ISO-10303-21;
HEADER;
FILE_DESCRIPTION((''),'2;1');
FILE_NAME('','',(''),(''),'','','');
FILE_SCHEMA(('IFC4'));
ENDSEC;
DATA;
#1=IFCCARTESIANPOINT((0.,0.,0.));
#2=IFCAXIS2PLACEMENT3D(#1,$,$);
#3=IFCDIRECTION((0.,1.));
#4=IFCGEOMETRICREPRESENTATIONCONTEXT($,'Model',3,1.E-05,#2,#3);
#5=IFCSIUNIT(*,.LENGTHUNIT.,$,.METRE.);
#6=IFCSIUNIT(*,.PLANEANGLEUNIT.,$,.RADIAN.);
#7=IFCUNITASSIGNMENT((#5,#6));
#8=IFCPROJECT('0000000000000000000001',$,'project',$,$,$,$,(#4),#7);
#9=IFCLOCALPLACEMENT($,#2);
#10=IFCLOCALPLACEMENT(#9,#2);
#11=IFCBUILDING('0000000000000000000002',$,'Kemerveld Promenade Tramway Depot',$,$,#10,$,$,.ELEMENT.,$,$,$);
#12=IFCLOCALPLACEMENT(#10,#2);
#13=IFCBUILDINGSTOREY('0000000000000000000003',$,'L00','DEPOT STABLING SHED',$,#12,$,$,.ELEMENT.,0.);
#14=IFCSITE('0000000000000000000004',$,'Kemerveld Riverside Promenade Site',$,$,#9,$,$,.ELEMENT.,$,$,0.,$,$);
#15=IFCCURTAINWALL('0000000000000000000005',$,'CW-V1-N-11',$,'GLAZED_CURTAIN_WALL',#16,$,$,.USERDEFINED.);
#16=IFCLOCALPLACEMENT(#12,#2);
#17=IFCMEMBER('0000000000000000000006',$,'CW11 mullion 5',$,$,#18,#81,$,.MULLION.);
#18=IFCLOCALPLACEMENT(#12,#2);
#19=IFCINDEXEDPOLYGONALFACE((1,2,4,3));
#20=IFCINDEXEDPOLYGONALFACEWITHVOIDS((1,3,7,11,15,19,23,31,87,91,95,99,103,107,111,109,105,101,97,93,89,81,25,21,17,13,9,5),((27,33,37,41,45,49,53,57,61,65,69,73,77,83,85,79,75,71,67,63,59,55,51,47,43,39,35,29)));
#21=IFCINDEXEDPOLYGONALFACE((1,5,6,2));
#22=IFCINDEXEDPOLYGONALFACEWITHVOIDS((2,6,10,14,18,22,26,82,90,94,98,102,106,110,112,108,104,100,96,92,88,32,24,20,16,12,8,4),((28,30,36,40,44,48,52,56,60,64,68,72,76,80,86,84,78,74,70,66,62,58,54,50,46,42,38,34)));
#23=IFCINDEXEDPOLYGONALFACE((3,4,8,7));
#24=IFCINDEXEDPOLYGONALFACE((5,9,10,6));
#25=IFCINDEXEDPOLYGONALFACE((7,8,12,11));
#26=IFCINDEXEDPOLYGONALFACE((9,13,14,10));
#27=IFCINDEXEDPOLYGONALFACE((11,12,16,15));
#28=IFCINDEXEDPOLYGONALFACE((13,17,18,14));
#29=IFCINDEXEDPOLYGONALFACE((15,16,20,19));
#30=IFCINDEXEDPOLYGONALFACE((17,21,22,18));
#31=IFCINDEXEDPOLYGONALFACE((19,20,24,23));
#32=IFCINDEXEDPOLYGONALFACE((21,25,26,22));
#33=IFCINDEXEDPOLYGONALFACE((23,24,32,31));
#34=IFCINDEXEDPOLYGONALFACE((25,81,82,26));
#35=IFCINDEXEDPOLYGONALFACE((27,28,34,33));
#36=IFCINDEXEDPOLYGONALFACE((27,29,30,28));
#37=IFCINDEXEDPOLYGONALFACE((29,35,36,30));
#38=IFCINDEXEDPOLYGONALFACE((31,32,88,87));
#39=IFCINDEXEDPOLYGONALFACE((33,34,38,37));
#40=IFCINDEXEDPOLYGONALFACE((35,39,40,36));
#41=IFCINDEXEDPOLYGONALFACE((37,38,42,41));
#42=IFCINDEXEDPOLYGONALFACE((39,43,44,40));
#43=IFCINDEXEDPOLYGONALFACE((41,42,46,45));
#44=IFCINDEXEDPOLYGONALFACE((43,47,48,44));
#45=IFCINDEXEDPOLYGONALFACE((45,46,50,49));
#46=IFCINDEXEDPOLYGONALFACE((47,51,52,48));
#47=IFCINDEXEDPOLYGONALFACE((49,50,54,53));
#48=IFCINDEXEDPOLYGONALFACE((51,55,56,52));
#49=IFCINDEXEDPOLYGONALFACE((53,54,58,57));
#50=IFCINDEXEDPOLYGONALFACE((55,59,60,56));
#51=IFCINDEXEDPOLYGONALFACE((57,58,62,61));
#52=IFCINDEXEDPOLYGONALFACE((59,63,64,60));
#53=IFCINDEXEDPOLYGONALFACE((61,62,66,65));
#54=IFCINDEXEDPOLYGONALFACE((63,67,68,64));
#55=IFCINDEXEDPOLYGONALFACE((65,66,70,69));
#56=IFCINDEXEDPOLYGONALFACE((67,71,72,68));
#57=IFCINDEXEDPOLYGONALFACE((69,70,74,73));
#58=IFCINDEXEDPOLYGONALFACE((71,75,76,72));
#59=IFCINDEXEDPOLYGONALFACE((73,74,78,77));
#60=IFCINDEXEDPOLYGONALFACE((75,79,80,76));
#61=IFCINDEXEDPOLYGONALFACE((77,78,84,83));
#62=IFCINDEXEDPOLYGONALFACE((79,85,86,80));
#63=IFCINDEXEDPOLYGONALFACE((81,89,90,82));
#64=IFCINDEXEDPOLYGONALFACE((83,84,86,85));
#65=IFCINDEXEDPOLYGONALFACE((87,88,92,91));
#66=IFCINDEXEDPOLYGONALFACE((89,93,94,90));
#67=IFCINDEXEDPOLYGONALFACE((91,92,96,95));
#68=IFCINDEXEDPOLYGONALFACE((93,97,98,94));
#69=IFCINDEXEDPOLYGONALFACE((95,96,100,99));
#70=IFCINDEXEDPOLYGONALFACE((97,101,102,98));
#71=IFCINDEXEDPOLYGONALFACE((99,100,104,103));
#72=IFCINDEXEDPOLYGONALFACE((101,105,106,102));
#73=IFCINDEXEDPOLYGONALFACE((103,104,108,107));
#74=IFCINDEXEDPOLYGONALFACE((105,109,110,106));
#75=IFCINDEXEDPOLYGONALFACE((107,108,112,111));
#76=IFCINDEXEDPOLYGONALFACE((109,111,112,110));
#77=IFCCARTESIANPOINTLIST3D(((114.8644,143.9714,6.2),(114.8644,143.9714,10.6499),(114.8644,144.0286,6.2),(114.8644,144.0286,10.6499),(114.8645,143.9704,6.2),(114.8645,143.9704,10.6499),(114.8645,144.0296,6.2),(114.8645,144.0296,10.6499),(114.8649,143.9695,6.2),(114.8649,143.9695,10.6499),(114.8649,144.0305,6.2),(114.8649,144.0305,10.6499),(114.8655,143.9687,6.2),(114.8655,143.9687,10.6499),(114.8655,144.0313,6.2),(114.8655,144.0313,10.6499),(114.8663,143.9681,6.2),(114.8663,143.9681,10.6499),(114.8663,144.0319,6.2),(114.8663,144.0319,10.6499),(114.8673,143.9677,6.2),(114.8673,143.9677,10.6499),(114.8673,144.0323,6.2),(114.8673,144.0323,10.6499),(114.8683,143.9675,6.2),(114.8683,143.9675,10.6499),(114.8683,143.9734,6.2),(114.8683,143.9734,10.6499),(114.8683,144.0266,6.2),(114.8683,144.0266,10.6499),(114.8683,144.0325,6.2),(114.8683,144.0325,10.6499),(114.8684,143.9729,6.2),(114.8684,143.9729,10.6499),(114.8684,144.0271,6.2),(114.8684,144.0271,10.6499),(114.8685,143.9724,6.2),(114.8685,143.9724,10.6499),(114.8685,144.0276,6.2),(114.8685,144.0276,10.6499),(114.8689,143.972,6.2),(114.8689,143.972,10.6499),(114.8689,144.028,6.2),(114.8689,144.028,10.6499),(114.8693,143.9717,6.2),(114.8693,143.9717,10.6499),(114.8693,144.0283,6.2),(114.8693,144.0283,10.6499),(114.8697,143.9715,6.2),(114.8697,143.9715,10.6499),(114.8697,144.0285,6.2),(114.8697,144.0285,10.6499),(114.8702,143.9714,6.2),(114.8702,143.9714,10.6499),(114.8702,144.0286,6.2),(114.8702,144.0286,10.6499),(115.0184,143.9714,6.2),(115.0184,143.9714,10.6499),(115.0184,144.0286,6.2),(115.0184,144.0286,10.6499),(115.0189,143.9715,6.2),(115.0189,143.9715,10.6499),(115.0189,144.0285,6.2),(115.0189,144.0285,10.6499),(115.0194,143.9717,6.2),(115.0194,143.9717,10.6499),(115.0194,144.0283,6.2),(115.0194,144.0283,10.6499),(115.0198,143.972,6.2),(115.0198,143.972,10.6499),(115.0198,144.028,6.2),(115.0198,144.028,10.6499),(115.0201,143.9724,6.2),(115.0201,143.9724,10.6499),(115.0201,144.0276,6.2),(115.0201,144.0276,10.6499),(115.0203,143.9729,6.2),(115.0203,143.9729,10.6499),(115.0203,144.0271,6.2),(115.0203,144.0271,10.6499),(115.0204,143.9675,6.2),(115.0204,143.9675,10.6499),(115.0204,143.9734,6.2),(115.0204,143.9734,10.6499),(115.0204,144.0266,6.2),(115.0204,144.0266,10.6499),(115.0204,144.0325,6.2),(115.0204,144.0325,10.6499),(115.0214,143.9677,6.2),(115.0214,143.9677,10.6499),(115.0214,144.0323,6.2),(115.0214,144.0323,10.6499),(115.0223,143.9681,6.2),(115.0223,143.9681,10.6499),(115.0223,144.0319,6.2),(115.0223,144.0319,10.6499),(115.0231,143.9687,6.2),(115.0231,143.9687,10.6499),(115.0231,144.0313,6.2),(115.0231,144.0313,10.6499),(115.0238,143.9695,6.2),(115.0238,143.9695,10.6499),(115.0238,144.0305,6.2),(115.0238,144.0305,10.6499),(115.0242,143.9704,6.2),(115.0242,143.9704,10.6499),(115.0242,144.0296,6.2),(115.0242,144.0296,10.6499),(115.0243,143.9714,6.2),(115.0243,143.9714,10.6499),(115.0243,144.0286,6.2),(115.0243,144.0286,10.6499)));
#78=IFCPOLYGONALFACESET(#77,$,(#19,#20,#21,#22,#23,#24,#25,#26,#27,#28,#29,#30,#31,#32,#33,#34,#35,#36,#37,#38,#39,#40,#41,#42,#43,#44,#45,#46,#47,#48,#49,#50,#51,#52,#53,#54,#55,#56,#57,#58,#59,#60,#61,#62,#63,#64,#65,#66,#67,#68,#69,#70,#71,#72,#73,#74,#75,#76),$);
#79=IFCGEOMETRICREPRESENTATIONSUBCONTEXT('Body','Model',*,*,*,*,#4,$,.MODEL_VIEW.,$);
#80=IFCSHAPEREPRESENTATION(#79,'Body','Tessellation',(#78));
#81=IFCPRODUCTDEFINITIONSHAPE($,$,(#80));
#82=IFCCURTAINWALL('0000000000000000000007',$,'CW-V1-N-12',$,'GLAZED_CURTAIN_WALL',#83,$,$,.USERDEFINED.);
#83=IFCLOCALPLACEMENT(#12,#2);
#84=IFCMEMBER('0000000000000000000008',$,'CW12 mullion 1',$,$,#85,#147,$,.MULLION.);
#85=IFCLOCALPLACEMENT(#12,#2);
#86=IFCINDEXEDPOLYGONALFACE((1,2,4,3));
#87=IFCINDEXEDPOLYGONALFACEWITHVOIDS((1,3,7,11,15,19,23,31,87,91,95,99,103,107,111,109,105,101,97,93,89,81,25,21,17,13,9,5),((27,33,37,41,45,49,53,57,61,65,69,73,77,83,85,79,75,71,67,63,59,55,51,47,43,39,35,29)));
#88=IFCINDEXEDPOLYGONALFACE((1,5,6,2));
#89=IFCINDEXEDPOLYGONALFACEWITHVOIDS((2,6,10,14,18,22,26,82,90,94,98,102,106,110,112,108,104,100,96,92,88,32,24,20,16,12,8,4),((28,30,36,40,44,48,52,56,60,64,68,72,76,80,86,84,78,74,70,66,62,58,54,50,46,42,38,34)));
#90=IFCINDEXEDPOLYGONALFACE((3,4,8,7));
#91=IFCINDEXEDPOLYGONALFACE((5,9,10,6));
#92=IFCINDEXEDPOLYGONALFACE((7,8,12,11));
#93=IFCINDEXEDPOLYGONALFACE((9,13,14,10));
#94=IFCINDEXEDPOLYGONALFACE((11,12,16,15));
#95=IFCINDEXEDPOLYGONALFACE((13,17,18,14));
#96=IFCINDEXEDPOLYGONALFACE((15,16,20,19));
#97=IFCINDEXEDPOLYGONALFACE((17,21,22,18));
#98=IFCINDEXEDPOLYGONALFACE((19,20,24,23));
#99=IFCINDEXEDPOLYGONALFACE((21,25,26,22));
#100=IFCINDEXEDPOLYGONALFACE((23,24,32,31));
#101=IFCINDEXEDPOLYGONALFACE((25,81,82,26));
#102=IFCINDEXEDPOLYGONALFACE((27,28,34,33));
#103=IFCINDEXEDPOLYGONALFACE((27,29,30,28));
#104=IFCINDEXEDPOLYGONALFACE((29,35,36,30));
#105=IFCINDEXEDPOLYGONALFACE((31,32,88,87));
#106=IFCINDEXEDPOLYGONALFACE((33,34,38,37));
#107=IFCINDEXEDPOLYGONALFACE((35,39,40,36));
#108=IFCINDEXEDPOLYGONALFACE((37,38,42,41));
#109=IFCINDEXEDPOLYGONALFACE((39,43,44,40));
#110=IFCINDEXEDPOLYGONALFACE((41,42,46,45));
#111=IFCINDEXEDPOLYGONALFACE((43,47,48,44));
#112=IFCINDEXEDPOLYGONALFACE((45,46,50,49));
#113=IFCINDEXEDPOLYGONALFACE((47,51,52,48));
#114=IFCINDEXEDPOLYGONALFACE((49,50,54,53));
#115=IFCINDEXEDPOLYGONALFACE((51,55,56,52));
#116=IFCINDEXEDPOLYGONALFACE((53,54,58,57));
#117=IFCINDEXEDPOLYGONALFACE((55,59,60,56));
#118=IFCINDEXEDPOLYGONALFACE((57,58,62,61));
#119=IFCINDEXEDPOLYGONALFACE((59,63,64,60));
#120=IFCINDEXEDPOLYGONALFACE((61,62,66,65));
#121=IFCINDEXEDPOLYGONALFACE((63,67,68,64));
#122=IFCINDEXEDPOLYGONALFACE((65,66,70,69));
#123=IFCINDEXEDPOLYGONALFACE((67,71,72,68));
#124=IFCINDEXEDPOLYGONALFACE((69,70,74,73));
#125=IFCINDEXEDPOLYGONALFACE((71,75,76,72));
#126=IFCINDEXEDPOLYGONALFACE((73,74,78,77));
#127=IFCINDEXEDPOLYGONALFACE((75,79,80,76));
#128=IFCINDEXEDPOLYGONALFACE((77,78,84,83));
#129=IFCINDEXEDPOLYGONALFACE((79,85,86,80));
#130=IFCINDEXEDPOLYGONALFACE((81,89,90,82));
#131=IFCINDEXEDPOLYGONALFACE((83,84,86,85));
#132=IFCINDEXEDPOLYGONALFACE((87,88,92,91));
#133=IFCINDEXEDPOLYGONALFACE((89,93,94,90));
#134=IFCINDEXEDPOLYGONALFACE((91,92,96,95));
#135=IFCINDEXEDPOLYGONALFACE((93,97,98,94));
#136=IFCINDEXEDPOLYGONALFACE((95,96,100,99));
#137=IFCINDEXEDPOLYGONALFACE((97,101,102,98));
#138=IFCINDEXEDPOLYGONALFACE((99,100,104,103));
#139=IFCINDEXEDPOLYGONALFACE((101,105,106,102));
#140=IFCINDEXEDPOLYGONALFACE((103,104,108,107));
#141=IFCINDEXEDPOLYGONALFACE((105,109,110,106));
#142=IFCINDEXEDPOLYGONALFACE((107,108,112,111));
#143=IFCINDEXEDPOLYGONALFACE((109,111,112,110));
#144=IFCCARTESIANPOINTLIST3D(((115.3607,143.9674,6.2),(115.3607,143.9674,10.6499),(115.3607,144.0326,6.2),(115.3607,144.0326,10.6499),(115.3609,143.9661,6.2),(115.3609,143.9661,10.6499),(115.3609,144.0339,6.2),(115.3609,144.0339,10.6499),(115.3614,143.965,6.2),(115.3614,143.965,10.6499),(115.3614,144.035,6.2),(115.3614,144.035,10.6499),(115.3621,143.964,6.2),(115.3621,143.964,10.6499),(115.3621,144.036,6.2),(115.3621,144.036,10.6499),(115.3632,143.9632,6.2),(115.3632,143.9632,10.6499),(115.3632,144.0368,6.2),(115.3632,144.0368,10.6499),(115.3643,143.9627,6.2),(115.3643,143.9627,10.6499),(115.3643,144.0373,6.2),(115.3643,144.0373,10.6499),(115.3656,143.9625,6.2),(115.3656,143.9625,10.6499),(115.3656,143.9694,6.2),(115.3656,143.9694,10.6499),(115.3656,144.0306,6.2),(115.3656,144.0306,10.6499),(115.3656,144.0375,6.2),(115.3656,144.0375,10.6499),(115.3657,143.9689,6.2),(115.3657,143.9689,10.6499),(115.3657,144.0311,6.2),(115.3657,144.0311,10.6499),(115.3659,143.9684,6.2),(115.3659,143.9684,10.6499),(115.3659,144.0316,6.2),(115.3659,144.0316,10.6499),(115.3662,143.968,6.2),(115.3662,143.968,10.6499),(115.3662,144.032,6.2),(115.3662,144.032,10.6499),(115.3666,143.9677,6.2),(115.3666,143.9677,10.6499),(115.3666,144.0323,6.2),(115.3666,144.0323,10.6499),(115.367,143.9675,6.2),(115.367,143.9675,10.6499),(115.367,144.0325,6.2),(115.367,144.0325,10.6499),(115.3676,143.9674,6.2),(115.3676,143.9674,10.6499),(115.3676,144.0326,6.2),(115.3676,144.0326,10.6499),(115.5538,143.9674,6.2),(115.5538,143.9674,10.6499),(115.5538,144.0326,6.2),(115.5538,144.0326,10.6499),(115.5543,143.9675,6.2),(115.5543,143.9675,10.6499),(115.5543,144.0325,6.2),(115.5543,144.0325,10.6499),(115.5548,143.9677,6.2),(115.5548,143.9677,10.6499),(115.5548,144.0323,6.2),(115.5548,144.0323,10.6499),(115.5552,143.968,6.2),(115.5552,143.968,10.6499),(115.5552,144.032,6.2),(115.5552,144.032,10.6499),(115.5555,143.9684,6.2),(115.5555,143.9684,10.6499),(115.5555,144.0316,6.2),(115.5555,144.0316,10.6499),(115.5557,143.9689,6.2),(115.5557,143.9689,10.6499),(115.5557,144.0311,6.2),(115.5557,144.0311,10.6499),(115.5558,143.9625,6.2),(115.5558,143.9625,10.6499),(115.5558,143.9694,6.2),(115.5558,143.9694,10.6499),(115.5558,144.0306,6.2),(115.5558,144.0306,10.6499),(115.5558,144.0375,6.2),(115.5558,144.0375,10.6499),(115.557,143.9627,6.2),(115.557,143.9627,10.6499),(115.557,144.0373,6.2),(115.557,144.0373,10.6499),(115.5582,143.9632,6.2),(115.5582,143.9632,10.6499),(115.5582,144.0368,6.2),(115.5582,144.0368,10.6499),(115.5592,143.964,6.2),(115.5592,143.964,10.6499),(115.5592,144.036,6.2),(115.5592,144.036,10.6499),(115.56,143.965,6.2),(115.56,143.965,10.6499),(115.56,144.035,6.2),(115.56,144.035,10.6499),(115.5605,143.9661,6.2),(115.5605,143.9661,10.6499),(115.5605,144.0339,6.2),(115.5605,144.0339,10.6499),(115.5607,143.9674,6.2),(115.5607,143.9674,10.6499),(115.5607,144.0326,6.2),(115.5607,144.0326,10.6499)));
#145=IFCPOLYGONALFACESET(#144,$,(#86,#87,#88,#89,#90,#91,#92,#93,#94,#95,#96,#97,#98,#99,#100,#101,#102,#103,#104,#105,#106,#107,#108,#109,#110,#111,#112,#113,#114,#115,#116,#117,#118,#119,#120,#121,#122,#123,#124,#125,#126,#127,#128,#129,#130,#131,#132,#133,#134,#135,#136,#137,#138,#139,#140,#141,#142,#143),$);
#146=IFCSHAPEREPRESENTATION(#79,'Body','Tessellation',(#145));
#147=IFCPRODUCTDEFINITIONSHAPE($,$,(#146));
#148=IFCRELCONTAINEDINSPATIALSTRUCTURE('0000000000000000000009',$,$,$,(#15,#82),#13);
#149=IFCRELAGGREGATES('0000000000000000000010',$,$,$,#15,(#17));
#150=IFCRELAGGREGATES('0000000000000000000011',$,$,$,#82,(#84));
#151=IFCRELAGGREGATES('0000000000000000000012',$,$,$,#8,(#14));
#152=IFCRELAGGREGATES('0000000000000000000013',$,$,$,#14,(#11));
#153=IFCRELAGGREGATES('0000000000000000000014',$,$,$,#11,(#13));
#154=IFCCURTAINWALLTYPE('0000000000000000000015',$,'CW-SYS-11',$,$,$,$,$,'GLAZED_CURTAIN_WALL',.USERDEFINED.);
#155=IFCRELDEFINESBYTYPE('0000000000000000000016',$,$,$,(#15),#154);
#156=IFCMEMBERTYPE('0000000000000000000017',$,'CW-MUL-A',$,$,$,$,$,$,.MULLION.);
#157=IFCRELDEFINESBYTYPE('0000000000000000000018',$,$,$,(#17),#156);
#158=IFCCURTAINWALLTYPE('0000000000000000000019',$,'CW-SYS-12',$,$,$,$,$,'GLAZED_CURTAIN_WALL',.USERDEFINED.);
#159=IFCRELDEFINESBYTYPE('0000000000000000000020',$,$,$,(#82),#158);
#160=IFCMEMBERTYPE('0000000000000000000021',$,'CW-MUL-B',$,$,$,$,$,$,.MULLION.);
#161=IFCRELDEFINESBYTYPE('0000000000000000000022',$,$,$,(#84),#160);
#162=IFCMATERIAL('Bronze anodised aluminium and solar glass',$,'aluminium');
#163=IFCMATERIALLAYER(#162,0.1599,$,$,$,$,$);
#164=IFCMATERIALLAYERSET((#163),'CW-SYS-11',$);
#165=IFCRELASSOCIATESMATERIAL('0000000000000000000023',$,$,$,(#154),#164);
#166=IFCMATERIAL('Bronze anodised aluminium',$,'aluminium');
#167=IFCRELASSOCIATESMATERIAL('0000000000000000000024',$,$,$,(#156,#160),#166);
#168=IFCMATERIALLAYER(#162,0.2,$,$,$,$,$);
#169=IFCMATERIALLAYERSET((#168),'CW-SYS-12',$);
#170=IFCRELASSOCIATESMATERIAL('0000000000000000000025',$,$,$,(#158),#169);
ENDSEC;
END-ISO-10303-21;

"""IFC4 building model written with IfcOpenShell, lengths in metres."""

from ifc_helpers import new_model, si_unit, direction, frame, origin, origin_2d, place, context, subcontext, project, spatial, hollow_rectangle, extrude, material, layer, layer_set, material_profile, profile_set, type_object, element, aggregate, save


model = new_model("IFC4")

# Units and contexts
model_context = context("Model", 3, precision=1e-05, world=origin(), true_north=direction((0.0, 1.0)))
body_context = subcontext(model_context, "Body", "Model", "MODEL_VIEW")
ifc_project = project(units=[si_unit("LENGTHUNIT", "METRE"), si_unit("PLANEANGLEUNIT", "RADIAN")], contexts=[model_context])

# Site, building, storey
site_placement = place(None, origin())
site = spatial("IfcSite", under=ifc_project, at=site_placement, Name="Kemerveld Riverside Promenade Site", CompositionType="ELEMENT", RefElevation=0.0)
building_placement = place(site_placement, origin())
building = spatial("IfcBuilding", under=site, at=building_placement, Name="Kemerveld Promenade Tramway Depot", CompositionType="ELEMENT")
storey_placement = place(building_placement, origin())
storey = spatial("IfcBuildingStorey", under=building, at=storey_placement, Name="L00", Description="DEPOT STABLING SHED", CompositionType="ELEMENT", Elevation=0.0)

# Curtain wall, member
ifc_material_1 = material(Name="Bronze anodised aluminium and solar glass", Category="aluminium")
ifc_layer_1 = layer(ifc_material_1, 0.1599)
ifc_layer_set_1 = layer_set([ifc_layer_1], Name="CW-SYS-11")
curtain_wall_type_1 = type_object("IfcCurtainWallType", Name="CW-SYS-11", ElementType="GLAZED_CURTAIN_WALL", PredefinedType="USERDEFINED", material=ifc_layer_set_1)
curtain_wall_1_placement = place(storey_placement, origin())
curtain_wall_1 = element("IfcCurtainWall", 1, at=curtain_wall_1_placement, inside=storey, type_object=curtain_wall_type_1, Name="CW-V1-N-11", ObjectType="GLAZED_CURTAIN_WALL", PredefinedType="USERDEFINED")
ifc_material_2 = material(Name="Bronze anodised aluminium", Category="aluminium")
ifc_material_profile_1 = material_profile(ifc_material_2, hollow_rectangle(XDim=0.0649, YDim=0.1599, WallThickness=0.0039, InnerFilletRadius=0.002, OuterFilletRadius=0.0039, at=origin_2d()), Name="CW-MUL-160x65")
ifc_profile_set_1 = profile_set([ifc_material_profile_1], Name="Bronze anodised aluminium")
member_type_1 = type_object("IfcMemberType", Name="CW-MUL-A", PredefinedType="MULLION", material=ifc_profile_set_1)
member_1_placement = place(storey_placement, frame((114.9443, 144.0, 6.2), z_axis=(0.0, 0.0, 1.0), x_axis=(0.0, 1.0, 0.0)))
member_1 = element("IfcMember", 2, at=member_1_placement, type_object=member_type_1, Name="CW11 mullion 5", PredefinedType="MULLION", context=body_context, shape_type="SweptSolid", body=[
    extrude(hollow_rectangle(XDim=0.0649, YDim=0.1599, WallThickness=0.0039, InnerFilletRadius=0.002, OuterFilletRadius=0.0039, at=origin_2d()), origin(), (0.0, 0.0, 1.0), 4.45),
])

# Curtain wall, member
ifc_layer_2 = layer(ifc_material_1, 0.2)
ifc_layer_set_2 = layer_set([ifc_layer_2], Name="CW-SYS-12")
curtain_wall_type_2 = type_object("IfcCurtainWallType", Name="CW-SYS-12", ElementType="GLAZED_CURTAIN_WALL", PredefinedType="USERDEFINED", material=ifc_layer_set_2)
curtain_wall_2_placement = place(storey_placement, origin())
curtain_wall_2 = element("IfcCurtainWall", 3, at=curtain_wall_2_placement, inside=storey, type_object=curtain_wall_type_2, Name="CW-V1-N-12", ObjectType="GLAZED_CURTAIN_WALL", PredefinedType="USERDEFINED")
ifc_material_profile_2 = material_profile(ifc_material_2, hollow_rectangle(XDim=0.075, YDim=0.2, WallThickness=0.0049, InnerFilletRadius=0.002, OuterFilletRadius=0.0049, at=origin_2d()), Name="CW-MUL-200x75")
ifc_profile_set_2 = profile_set([ifc_material_profile_2], Name="Bronze anodised aluminium")
member_type_2 = type_object("IfcMemberType", Name="CW-MUL-B", PredefinedType="MULLION", material=ifc_profile_set_2)
member_2_placement = place(storey_placement, frame((115.4607, 144.0, 6.2), z_axis=(0.0, 0.0, 1.0), x_axis=(0.0, 1.0, 0.0)))
member_2 = element("IfcMember", 4, at=member_2_placement, type_object=member_type_2, Name="CW12 mullion 1", PredefinedType="MULLION", context=body_context, shape_type="SweptSolid", body=[
    extrude(hollow_rectangle(XDim=0.075, YDim=0.2, WallThickness=0.0049, InnerFilletRadius=0.002, OuterFilletRadius=0.0049, at=origin_2d()), origin(), (0.0, 0.0, 1.0), 4.45),
])

aggregate(curtain_wall_1, [member_1])
aggregate(curtain_wall_2, [member_2])

save(model, "model.ifc")
